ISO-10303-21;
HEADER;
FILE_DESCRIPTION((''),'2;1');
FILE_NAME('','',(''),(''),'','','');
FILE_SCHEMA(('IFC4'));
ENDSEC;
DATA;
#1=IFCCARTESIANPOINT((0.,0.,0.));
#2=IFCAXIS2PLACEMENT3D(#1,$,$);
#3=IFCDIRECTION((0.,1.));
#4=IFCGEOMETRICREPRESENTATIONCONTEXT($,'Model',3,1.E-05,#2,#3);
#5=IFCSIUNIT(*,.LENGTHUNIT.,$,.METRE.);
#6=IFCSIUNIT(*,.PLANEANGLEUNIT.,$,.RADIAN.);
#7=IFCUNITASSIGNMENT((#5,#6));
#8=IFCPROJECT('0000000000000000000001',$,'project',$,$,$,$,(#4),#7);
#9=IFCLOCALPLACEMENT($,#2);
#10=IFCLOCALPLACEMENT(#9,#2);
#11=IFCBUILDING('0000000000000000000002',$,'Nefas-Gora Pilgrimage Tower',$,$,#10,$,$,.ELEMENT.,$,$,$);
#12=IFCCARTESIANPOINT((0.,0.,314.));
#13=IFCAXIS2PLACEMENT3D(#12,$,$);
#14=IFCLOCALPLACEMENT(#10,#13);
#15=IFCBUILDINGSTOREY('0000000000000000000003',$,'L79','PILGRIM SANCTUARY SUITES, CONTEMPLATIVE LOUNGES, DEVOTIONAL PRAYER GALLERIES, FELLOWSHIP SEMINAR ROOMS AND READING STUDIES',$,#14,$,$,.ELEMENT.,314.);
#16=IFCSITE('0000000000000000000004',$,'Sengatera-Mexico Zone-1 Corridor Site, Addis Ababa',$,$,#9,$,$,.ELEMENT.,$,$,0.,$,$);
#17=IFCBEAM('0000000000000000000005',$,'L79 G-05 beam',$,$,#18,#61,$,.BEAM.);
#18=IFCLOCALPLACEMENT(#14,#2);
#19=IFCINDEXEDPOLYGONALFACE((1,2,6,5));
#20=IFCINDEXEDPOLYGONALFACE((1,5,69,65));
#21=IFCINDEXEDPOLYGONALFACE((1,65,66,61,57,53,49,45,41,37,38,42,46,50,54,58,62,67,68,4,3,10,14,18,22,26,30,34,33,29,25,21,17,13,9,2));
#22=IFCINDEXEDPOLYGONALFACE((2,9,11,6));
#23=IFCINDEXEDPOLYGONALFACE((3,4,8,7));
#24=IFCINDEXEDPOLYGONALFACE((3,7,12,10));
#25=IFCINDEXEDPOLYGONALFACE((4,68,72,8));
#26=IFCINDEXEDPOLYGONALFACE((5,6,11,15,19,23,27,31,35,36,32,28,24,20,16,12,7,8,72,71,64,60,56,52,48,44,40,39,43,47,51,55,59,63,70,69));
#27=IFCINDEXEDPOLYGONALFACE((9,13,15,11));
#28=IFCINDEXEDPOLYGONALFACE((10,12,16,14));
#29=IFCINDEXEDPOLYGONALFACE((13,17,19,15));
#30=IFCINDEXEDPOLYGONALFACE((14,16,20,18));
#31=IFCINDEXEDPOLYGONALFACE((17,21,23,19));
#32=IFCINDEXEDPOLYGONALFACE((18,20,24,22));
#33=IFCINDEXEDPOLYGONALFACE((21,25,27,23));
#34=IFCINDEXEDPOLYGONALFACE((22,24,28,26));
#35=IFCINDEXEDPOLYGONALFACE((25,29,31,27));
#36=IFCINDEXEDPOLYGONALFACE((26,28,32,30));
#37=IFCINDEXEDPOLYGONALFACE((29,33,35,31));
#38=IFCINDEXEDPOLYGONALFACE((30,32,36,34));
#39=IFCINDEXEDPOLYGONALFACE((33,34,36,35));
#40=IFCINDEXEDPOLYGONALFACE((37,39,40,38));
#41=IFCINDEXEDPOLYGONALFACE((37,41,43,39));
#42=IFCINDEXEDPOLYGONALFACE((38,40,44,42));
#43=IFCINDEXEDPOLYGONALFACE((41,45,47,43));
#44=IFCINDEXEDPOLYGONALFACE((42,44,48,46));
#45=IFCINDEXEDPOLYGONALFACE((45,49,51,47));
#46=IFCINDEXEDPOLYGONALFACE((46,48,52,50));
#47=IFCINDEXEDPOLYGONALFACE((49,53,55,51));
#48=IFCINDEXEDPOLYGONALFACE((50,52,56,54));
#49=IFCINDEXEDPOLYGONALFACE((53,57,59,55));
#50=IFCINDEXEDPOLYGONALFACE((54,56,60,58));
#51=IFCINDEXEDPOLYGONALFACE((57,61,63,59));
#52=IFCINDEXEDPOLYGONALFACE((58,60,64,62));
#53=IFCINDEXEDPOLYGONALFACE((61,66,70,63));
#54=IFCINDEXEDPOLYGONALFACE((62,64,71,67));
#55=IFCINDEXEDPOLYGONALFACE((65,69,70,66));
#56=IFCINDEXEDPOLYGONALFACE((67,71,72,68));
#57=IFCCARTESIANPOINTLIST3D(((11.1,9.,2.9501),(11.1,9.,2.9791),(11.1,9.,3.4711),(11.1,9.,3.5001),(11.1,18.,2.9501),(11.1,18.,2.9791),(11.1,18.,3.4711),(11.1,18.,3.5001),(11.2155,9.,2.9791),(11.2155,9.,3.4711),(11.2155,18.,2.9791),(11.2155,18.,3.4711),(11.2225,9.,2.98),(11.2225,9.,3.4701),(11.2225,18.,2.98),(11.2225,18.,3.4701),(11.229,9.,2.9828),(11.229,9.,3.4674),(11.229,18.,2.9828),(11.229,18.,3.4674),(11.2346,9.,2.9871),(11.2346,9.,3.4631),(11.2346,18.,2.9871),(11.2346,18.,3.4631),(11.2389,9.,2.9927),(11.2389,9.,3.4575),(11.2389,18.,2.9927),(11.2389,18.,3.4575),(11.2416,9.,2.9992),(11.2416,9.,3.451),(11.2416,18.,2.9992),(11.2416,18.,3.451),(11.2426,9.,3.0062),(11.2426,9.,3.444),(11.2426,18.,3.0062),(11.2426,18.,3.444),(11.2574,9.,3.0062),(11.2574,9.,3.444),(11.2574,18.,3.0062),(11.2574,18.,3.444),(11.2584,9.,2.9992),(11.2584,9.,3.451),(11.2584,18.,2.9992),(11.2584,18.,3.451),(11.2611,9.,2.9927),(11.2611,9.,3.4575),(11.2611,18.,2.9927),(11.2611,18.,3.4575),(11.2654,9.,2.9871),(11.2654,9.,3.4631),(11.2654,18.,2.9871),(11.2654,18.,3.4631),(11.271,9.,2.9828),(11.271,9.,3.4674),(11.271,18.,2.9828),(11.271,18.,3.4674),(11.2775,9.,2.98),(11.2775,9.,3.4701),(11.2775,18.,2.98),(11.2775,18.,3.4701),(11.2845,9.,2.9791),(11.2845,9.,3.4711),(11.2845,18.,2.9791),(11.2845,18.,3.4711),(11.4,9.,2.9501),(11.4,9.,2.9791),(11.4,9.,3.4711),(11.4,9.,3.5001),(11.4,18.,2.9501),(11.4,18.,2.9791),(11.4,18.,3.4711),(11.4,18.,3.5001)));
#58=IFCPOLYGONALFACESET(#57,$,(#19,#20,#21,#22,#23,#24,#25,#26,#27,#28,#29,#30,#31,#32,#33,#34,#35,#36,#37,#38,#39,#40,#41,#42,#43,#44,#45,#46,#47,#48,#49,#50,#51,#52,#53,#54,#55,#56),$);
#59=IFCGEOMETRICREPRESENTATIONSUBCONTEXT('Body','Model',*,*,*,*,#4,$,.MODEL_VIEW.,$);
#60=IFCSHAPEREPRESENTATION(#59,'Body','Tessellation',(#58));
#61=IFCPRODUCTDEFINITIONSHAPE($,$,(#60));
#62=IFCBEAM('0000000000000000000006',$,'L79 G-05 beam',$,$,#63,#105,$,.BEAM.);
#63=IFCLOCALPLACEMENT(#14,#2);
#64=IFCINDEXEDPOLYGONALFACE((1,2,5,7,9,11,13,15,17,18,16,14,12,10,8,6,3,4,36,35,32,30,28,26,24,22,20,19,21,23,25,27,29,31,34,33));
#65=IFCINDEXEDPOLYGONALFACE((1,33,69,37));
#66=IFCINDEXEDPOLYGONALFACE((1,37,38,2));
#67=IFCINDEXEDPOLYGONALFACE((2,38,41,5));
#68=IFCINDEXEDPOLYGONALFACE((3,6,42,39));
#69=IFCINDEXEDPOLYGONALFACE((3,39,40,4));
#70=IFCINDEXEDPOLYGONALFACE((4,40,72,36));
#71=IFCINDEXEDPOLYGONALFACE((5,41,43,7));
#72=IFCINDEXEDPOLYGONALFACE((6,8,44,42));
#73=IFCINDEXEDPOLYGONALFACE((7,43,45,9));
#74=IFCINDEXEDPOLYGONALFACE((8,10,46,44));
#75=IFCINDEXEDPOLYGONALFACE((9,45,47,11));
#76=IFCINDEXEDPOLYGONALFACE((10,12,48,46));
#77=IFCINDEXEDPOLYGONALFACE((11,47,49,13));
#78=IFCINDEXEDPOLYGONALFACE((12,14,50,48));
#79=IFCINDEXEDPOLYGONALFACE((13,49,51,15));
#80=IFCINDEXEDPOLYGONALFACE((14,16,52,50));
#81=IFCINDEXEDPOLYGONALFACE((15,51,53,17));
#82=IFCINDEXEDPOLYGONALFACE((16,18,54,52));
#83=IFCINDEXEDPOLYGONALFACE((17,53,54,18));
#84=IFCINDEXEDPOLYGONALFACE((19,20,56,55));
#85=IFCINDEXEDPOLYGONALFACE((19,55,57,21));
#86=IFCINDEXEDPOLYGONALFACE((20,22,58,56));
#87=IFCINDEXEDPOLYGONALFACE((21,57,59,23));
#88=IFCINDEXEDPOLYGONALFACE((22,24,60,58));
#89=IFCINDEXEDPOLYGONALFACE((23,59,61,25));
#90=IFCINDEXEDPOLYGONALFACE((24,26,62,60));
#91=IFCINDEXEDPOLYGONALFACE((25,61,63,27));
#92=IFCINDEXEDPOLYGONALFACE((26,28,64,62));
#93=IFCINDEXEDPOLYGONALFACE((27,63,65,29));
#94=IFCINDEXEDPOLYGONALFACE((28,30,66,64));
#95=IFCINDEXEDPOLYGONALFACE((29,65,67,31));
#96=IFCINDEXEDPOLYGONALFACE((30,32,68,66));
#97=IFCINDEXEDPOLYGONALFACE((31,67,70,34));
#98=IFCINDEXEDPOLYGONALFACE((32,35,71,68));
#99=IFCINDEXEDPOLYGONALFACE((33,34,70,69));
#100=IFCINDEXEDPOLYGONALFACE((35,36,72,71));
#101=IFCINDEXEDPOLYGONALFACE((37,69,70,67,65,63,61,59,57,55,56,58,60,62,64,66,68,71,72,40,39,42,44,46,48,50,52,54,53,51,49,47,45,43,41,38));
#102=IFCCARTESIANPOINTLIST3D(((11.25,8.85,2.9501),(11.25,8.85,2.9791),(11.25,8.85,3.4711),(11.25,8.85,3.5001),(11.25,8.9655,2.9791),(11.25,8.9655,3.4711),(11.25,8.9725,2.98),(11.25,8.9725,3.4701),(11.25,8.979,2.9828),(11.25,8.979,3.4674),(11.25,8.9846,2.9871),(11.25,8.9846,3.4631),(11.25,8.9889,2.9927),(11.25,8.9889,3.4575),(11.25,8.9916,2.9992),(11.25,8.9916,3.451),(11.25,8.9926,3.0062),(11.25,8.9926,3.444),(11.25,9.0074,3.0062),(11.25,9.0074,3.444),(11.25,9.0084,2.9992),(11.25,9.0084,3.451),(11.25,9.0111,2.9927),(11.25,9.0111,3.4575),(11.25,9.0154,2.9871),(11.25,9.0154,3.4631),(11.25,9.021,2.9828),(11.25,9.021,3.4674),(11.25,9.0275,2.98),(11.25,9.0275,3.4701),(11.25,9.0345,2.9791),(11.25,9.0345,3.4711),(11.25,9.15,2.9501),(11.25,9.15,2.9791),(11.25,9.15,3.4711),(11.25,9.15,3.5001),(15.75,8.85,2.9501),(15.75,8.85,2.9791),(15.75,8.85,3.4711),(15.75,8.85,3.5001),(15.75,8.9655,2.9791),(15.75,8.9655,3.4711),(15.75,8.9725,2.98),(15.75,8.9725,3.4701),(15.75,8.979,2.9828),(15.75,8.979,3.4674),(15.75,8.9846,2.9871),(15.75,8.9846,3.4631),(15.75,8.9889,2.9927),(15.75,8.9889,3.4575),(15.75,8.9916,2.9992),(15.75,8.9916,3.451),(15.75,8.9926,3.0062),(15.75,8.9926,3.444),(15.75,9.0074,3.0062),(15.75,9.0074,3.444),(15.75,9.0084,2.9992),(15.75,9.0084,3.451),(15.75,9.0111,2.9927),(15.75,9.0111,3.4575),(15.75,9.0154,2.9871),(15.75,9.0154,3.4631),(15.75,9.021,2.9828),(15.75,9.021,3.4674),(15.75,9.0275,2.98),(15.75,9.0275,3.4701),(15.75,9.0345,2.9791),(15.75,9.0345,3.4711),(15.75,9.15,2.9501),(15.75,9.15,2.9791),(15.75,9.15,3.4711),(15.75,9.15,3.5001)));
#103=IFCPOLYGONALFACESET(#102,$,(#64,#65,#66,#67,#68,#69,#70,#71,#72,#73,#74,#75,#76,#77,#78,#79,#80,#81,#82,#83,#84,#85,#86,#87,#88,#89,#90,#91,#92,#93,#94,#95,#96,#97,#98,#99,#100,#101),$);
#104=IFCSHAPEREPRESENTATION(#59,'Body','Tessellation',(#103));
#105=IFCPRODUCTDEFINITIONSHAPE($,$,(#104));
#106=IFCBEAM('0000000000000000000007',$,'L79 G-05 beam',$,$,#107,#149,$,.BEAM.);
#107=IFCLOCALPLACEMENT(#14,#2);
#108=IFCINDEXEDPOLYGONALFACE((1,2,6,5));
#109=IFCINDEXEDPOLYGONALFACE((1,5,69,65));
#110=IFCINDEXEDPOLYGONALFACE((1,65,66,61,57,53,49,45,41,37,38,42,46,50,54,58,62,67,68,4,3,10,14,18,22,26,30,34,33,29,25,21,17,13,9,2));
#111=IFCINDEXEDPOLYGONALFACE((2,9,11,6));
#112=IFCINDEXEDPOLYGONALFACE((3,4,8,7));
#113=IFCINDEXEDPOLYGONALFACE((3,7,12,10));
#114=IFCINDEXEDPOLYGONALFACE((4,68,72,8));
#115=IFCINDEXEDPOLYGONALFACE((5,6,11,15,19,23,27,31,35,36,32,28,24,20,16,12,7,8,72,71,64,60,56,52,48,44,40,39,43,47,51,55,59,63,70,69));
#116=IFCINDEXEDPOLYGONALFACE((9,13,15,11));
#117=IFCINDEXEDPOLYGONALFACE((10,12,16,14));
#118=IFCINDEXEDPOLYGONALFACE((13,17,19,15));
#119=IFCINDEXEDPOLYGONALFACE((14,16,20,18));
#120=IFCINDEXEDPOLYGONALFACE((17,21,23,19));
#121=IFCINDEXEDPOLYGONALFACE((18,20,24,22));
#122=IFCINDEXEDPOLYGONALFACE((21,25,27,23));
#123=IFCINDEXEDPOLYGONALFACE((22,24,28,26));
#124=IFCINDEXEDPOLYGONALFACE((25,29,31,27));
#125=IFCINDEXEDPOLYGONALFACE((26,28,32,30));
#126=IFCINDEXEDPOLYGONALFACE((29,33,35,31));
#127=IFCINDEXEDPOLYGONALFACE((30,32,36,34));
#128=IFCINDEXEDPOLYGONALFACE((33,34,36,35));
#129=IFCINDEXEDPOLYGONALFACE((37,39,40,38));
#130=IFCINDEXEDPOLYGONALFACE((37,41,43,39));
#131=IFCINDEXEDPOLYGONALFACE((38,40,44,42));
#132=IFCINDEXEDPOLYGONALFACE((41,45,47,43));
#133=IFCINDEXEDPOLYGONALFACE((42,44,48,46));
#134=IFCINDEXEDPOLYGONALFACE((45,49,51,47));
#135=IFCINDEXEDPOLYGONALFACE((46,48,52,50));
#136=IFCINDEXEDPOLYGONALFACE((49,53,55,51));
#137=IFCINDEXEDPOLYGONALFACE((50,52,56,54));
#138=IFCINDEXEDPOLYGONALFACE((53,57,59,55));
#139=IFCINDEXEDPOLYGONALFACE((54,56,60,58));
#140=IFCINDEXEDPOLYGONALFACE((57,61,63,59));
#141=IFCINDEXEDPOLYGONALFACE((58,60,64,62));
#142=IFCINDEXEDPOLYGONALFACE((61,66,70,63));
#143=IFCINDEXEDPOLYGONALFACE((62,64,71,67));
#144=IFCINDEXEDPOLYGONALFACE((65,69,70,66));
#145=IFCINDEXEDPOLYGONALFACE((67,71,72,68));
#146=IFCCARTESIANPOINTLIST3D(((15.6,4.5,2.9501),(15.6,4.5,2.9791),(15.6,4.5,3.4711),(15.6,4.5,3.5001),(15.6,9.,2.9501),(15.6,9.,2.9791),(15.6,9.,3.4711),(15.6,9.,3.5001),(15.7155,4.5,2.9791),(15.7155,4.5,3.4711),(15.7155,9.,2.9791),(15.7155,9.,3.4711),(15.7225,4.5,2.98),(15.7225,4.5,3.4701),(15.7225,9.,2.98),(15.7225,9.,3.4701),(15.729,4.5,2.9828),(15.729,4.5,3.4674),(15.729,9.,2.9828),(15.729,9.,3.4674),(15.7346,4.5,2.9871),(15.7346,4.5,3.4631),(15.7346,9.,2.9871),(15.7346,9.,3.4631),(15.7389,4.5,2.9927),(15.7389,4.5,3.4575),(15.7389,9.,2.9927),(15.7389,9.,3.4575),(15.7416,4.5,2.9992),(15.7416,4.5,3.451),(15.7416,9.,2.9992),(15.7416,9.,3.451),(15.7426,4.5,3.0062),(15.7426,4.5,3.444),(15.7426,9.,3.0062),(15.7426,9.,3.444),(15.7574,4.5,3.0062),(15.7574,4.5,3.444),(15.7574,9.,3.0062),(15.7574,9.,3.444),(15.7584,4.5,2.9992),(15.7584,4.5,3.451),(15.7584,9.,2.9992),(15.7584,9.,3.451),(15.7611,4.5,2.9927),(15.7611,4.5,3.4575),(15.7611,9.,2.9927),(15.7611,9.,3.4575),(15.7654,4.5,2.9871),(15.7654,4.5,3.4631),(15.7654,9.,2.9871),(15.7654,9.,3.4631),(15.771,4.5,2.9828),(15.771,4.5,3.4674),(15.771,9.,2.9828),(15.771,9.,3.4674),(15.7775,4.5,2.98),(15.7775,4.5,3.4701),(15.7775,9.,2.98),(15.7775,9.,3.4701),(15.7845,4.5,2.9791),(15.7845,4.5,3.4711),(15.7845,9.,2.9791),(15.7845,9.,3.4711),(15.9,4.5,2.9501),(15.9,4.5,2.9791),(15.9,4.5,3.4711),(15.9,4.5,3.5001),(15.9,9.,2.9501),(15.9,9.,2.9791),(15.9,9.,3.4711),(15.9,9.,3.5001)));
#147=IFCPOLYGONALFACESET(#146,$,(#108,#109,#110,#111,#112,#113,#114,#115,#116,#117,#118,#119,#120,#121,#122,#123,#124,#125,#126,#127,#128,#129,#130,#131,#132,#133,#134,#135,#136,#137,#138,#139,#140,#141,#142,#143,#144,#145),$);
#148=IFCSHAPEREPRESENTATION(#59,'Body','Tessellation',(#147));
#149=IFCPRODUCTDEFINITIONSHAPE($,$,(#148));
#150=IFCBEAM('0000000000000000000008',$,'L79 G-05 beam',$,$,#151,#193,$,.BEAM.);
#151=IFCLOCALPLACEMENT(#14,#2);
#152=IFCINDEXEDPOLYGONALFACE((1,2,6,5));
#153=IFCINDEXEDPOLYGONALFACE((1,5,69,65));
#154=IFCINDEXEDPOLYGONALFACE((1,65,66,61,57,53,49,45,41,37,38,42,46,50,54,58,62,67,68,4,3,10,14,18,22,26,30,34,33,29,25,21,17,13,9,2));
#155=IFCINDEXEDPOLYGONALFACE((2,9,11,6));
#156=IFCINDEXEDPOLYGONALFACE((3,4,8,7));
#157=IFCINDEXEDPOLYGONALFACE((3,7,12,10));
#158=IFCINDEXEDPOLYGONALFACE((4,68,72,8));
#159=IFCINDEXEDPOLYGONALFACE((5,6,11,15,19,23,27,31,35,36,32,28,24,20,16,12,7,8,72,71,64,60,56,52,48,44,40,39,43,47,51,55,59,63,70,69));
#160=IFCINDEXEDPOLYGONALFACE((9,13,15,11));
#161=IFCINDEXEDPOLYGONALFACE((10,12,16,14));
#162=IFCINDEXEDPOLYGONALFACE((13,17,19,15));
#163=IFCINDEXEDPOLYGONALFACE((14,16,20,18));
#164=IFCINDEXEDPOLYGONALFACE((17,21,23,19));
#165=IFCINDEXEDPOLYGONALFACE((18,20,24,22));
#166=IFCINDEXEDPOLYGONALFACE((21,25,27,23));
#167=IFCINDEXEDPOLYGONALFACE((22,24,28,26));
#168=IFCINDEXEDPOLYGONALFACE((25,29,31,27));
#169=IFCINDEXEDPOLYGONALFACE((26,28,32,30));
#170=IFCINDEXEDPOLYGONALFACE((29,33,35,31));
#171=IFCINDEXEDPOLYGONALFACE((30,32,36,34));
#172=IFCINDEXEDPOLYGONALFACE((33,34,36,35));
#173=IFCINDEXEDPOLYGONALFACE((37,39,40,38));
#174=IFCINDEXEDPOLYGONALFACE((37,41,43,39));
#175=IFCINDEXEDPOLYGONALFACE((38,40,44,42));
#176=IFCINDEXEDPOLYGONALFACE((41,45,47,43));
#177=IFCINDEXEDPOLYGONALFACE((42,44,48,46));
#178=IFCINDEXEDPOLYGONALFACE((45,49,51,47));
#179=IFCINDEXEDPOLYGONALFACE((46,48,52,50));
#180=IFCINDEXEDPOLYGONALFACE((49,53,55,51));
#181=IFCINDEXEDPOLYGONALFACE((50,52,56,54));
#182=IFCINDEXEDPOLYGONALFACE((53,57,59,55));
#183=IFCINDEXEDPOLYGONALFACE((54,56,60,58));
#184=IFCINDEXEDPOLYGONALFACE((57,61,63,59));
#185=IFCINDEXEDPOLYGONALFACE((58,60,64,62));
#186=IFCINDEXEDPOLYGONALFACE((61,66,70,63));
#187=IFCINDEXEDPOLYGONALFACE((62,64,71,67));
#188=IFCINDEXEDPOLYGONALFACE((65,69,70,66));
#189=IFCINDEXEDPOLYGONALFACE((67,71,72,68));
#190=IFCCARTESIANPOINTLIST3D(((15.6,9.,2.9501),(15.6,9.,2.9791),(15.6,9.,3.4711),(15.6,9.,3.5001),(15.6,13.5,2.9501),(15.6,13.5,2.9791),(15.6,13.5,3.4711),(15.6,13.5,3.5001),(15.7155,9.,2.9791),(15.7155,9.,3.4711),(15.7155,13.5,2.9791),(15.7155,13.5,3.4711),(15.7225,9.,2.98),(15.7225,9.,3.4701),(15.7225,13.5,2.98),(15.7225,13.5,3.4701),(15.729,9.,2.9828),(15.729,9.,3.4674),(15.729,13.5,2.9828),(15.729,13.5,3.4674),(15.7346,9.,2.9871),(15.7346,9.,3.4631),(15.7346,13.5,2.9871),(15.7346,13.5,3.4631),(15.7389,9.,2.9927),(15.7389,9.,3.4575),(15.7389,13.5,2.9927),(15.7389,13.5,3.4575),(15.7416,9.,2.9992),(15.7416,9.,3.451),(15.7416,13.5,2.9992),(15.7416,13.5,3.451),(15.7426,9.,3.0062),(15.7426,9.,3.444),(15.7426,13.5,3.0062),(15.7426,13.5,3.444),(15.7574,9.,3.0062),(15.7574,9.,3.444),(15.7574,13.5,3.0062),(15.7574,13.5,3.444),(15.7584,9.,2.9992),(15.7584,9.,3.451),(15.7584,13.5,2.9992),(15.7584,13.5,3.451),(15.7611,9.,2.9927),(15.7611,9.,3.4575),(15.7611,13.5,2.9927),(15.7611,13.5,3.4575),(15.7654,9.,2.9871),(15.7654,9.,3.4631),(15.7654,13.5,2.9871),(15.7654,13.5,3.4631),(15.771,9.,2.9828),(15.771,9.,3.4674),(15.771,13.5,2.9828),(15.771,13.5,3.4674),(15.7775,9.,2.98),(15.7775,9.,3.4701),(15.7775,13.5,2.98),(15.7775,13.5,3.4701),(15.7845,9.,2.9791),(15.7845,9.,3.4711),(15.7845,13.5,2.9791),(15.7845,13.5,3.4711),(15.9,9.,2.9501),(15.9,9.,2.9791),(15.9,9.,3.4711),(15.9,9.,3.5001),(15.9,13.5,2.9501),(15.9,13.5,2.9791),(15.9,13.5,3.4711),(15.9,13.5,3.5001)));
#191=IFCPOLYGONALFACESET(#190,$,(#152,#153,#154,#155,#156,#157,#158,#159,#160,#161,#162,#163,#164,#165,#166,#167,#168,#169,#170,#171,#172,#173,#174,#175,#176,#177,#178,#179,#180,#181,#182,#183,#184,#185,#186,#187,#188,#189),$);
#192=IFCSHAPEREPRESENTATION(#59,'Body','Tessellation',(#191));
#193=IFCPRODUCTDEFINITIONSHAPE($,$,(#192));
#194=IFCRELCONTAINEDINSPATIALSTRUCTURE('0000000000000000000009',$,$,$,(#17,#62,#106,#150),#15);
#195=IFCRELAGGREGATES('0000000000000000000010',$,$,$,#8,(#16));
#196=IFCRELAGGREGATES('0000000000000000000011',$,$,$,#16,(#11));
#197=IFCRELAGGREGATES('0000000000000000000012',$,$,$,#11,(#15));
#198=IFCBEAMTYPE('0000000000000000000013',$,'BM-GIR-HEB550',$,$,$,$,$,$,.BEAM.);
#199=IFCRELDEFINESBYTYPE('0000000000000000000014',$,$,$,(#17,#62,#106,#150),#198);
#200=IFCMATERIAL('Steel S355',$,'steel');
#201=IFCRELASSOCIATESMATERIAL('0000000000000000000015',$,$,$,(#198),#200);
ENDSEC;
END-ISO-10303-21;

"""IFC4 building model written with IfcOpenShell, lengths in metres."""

from ifc_helpers import new_model, si_unit, direction, frame, origin, origin_2d, place, context, subcontext, project, spatial, i_section, extrude, source, transform, mapped, material, material_profile, profile_set, type_object, element, save


model = new_model("IFC4")

# Units and contexts
model_context = context("Model", 3, precision=1e-05, world=origin(), true_north=direction((0.0, 1.0)))
body_context = subcontext(model_context, "Body", "Model", "MODEL_VIEW")
ifc_project = project(units=[si_unit("LENGTHUNIT", "METRE"), si_unit("PLANEANGLEUNIT", "RADIAN")], contexts=[model_context])

# Site, building, storey
site_placement = place(None, origin())
site = spatial("IfcSite", under=ifc_project, at=site_placement, Name="Sengatera-Mexico Zone-1 Corridor Site, Addis Ababa", CompositionType="ELEMENT", RefElevation=0.0)
building_placement = place(site_placement, origin())
building = spatial("IfcBuilding", under=site, at=building_placement, Name="Nefas-Gora Pilgrimage Tower", CompositionType="ELEMENT")
storey_placement = place(building_placement, frame((0.0, 0.0, 314.0)))
storey = spatial("IfcBuildingStorey", under=building, at=storey_placement, Name="L79", Description="PILGRIM SANCTUARY SUITES, CONTEMPLATIVE LOUNGES, DEVOTIONAL PRAYER GALLERIES, FELLOWSHIP SEMINAR ROOMS AND READING STUDIES", CompositionType="ELEMENT", Elevation=314.0)

# Shared definitions
ifc_material_1 = material(Name="Steel S355", Category="steel")

# Beams
ifc_material_profile_1 = material_profile(ifc_material_1, i_section(OverallWidth=0.3, OverallDepth=0.55, WebThickness=0.0149, FlangeThickness=0.0291, FilletRadius=0.0271, at=origin_2d()), Name="HEB 550")
ifc_profile_set_1 = profile_set([ifc_material_profile_1], Name="Steel S355")
beam_type_1 = type_object("IfcBeamType", Name="BM-GIR-HEB550", PredefinedType="BEAM", material=ifc_profile_set_1)
shared_shape_1 = source(origin(), body_context, "Body", "SweptSolid", [
    extrude(i_section(OverallWidth=0.3, OverallDepth=0.55, WebThickness=0.0149, FlangeThickness=0.0291, FilletRadius=0.0271, at=origin_2d()), origin(), (0.0, 0.0, 1.0), 9.0),
])
beam_placement = place(storey_placement, frame((11.25, 9.0, 3.2251), z_axis=(0.0, 1.0, 0.0), x_axis=(-1.0, 0.0, 0.0)))
element("IfcBeam", 1, at=beam_placement, inside=storey, type_object=beam_type_1, Name="L79 G-05 beam", PredefinedType="BEAM", context=body_context, shape_type="MappedRepresentation", body=[
    mapped(shared_shape_1, transform((0.0, 0.0, 0.0), x_axis=(1.0, 0.0, 0.0), y_axis=(0.0, 1.0, 0.0), z_axis=(0.0, 0.0, 1.0), scale=1.0)),
])
shared_shape_2 = source(origin(), body_context, "Body", "SweptSolid", [
    extrude(i_section(OverallWidth=0.3, OverallDepth=0.55, WebThickness=0.0149, FlangeThickness=0.0291, FilletRadius=0.0271, at=origin_2d()), origin(), (0.0, 0.0, 1.0), 4.5),
])
for number, where, z_axis, x_axis, name in (
    (2, (11.25, 9.0, 3.2251), (1.0, 0.0, 0.0), (0.0, 1.0, 0.0), "L79 G-05 beam"),
    (3, (15.75, 4.5, 3.2251), (0.0, 1.0, 0.0), (-1.0, 0.0, 0.0), "L79 G-05 beam"),
    (4, (15.75, 9.0, 3.2251), (0.0, 1.0, 0.0), (-1.0, 0.0, 0.0), "L79 G-05 beam"),
):
    element("IfcBeam", number, at=place(storey_placement, frame(where, z_axis=z_axis, x_axis=x_axis)), inside=storey, type_object=beam_type_1, Name=name, PredefinedType="BEAM", context=body_context, shape_type="MappedRepresentation", body=[
        mapped(shared_shape_2, transform((0.0, 0.0, 0.0), x_axis=(1.0, 0.0, 0.0), y_axis=(0.0, 1.0, 0.0), z_axis=(0.0, 0.0, 1.0), scale=1.0)),
    ])

save(model, "model.ifc")
